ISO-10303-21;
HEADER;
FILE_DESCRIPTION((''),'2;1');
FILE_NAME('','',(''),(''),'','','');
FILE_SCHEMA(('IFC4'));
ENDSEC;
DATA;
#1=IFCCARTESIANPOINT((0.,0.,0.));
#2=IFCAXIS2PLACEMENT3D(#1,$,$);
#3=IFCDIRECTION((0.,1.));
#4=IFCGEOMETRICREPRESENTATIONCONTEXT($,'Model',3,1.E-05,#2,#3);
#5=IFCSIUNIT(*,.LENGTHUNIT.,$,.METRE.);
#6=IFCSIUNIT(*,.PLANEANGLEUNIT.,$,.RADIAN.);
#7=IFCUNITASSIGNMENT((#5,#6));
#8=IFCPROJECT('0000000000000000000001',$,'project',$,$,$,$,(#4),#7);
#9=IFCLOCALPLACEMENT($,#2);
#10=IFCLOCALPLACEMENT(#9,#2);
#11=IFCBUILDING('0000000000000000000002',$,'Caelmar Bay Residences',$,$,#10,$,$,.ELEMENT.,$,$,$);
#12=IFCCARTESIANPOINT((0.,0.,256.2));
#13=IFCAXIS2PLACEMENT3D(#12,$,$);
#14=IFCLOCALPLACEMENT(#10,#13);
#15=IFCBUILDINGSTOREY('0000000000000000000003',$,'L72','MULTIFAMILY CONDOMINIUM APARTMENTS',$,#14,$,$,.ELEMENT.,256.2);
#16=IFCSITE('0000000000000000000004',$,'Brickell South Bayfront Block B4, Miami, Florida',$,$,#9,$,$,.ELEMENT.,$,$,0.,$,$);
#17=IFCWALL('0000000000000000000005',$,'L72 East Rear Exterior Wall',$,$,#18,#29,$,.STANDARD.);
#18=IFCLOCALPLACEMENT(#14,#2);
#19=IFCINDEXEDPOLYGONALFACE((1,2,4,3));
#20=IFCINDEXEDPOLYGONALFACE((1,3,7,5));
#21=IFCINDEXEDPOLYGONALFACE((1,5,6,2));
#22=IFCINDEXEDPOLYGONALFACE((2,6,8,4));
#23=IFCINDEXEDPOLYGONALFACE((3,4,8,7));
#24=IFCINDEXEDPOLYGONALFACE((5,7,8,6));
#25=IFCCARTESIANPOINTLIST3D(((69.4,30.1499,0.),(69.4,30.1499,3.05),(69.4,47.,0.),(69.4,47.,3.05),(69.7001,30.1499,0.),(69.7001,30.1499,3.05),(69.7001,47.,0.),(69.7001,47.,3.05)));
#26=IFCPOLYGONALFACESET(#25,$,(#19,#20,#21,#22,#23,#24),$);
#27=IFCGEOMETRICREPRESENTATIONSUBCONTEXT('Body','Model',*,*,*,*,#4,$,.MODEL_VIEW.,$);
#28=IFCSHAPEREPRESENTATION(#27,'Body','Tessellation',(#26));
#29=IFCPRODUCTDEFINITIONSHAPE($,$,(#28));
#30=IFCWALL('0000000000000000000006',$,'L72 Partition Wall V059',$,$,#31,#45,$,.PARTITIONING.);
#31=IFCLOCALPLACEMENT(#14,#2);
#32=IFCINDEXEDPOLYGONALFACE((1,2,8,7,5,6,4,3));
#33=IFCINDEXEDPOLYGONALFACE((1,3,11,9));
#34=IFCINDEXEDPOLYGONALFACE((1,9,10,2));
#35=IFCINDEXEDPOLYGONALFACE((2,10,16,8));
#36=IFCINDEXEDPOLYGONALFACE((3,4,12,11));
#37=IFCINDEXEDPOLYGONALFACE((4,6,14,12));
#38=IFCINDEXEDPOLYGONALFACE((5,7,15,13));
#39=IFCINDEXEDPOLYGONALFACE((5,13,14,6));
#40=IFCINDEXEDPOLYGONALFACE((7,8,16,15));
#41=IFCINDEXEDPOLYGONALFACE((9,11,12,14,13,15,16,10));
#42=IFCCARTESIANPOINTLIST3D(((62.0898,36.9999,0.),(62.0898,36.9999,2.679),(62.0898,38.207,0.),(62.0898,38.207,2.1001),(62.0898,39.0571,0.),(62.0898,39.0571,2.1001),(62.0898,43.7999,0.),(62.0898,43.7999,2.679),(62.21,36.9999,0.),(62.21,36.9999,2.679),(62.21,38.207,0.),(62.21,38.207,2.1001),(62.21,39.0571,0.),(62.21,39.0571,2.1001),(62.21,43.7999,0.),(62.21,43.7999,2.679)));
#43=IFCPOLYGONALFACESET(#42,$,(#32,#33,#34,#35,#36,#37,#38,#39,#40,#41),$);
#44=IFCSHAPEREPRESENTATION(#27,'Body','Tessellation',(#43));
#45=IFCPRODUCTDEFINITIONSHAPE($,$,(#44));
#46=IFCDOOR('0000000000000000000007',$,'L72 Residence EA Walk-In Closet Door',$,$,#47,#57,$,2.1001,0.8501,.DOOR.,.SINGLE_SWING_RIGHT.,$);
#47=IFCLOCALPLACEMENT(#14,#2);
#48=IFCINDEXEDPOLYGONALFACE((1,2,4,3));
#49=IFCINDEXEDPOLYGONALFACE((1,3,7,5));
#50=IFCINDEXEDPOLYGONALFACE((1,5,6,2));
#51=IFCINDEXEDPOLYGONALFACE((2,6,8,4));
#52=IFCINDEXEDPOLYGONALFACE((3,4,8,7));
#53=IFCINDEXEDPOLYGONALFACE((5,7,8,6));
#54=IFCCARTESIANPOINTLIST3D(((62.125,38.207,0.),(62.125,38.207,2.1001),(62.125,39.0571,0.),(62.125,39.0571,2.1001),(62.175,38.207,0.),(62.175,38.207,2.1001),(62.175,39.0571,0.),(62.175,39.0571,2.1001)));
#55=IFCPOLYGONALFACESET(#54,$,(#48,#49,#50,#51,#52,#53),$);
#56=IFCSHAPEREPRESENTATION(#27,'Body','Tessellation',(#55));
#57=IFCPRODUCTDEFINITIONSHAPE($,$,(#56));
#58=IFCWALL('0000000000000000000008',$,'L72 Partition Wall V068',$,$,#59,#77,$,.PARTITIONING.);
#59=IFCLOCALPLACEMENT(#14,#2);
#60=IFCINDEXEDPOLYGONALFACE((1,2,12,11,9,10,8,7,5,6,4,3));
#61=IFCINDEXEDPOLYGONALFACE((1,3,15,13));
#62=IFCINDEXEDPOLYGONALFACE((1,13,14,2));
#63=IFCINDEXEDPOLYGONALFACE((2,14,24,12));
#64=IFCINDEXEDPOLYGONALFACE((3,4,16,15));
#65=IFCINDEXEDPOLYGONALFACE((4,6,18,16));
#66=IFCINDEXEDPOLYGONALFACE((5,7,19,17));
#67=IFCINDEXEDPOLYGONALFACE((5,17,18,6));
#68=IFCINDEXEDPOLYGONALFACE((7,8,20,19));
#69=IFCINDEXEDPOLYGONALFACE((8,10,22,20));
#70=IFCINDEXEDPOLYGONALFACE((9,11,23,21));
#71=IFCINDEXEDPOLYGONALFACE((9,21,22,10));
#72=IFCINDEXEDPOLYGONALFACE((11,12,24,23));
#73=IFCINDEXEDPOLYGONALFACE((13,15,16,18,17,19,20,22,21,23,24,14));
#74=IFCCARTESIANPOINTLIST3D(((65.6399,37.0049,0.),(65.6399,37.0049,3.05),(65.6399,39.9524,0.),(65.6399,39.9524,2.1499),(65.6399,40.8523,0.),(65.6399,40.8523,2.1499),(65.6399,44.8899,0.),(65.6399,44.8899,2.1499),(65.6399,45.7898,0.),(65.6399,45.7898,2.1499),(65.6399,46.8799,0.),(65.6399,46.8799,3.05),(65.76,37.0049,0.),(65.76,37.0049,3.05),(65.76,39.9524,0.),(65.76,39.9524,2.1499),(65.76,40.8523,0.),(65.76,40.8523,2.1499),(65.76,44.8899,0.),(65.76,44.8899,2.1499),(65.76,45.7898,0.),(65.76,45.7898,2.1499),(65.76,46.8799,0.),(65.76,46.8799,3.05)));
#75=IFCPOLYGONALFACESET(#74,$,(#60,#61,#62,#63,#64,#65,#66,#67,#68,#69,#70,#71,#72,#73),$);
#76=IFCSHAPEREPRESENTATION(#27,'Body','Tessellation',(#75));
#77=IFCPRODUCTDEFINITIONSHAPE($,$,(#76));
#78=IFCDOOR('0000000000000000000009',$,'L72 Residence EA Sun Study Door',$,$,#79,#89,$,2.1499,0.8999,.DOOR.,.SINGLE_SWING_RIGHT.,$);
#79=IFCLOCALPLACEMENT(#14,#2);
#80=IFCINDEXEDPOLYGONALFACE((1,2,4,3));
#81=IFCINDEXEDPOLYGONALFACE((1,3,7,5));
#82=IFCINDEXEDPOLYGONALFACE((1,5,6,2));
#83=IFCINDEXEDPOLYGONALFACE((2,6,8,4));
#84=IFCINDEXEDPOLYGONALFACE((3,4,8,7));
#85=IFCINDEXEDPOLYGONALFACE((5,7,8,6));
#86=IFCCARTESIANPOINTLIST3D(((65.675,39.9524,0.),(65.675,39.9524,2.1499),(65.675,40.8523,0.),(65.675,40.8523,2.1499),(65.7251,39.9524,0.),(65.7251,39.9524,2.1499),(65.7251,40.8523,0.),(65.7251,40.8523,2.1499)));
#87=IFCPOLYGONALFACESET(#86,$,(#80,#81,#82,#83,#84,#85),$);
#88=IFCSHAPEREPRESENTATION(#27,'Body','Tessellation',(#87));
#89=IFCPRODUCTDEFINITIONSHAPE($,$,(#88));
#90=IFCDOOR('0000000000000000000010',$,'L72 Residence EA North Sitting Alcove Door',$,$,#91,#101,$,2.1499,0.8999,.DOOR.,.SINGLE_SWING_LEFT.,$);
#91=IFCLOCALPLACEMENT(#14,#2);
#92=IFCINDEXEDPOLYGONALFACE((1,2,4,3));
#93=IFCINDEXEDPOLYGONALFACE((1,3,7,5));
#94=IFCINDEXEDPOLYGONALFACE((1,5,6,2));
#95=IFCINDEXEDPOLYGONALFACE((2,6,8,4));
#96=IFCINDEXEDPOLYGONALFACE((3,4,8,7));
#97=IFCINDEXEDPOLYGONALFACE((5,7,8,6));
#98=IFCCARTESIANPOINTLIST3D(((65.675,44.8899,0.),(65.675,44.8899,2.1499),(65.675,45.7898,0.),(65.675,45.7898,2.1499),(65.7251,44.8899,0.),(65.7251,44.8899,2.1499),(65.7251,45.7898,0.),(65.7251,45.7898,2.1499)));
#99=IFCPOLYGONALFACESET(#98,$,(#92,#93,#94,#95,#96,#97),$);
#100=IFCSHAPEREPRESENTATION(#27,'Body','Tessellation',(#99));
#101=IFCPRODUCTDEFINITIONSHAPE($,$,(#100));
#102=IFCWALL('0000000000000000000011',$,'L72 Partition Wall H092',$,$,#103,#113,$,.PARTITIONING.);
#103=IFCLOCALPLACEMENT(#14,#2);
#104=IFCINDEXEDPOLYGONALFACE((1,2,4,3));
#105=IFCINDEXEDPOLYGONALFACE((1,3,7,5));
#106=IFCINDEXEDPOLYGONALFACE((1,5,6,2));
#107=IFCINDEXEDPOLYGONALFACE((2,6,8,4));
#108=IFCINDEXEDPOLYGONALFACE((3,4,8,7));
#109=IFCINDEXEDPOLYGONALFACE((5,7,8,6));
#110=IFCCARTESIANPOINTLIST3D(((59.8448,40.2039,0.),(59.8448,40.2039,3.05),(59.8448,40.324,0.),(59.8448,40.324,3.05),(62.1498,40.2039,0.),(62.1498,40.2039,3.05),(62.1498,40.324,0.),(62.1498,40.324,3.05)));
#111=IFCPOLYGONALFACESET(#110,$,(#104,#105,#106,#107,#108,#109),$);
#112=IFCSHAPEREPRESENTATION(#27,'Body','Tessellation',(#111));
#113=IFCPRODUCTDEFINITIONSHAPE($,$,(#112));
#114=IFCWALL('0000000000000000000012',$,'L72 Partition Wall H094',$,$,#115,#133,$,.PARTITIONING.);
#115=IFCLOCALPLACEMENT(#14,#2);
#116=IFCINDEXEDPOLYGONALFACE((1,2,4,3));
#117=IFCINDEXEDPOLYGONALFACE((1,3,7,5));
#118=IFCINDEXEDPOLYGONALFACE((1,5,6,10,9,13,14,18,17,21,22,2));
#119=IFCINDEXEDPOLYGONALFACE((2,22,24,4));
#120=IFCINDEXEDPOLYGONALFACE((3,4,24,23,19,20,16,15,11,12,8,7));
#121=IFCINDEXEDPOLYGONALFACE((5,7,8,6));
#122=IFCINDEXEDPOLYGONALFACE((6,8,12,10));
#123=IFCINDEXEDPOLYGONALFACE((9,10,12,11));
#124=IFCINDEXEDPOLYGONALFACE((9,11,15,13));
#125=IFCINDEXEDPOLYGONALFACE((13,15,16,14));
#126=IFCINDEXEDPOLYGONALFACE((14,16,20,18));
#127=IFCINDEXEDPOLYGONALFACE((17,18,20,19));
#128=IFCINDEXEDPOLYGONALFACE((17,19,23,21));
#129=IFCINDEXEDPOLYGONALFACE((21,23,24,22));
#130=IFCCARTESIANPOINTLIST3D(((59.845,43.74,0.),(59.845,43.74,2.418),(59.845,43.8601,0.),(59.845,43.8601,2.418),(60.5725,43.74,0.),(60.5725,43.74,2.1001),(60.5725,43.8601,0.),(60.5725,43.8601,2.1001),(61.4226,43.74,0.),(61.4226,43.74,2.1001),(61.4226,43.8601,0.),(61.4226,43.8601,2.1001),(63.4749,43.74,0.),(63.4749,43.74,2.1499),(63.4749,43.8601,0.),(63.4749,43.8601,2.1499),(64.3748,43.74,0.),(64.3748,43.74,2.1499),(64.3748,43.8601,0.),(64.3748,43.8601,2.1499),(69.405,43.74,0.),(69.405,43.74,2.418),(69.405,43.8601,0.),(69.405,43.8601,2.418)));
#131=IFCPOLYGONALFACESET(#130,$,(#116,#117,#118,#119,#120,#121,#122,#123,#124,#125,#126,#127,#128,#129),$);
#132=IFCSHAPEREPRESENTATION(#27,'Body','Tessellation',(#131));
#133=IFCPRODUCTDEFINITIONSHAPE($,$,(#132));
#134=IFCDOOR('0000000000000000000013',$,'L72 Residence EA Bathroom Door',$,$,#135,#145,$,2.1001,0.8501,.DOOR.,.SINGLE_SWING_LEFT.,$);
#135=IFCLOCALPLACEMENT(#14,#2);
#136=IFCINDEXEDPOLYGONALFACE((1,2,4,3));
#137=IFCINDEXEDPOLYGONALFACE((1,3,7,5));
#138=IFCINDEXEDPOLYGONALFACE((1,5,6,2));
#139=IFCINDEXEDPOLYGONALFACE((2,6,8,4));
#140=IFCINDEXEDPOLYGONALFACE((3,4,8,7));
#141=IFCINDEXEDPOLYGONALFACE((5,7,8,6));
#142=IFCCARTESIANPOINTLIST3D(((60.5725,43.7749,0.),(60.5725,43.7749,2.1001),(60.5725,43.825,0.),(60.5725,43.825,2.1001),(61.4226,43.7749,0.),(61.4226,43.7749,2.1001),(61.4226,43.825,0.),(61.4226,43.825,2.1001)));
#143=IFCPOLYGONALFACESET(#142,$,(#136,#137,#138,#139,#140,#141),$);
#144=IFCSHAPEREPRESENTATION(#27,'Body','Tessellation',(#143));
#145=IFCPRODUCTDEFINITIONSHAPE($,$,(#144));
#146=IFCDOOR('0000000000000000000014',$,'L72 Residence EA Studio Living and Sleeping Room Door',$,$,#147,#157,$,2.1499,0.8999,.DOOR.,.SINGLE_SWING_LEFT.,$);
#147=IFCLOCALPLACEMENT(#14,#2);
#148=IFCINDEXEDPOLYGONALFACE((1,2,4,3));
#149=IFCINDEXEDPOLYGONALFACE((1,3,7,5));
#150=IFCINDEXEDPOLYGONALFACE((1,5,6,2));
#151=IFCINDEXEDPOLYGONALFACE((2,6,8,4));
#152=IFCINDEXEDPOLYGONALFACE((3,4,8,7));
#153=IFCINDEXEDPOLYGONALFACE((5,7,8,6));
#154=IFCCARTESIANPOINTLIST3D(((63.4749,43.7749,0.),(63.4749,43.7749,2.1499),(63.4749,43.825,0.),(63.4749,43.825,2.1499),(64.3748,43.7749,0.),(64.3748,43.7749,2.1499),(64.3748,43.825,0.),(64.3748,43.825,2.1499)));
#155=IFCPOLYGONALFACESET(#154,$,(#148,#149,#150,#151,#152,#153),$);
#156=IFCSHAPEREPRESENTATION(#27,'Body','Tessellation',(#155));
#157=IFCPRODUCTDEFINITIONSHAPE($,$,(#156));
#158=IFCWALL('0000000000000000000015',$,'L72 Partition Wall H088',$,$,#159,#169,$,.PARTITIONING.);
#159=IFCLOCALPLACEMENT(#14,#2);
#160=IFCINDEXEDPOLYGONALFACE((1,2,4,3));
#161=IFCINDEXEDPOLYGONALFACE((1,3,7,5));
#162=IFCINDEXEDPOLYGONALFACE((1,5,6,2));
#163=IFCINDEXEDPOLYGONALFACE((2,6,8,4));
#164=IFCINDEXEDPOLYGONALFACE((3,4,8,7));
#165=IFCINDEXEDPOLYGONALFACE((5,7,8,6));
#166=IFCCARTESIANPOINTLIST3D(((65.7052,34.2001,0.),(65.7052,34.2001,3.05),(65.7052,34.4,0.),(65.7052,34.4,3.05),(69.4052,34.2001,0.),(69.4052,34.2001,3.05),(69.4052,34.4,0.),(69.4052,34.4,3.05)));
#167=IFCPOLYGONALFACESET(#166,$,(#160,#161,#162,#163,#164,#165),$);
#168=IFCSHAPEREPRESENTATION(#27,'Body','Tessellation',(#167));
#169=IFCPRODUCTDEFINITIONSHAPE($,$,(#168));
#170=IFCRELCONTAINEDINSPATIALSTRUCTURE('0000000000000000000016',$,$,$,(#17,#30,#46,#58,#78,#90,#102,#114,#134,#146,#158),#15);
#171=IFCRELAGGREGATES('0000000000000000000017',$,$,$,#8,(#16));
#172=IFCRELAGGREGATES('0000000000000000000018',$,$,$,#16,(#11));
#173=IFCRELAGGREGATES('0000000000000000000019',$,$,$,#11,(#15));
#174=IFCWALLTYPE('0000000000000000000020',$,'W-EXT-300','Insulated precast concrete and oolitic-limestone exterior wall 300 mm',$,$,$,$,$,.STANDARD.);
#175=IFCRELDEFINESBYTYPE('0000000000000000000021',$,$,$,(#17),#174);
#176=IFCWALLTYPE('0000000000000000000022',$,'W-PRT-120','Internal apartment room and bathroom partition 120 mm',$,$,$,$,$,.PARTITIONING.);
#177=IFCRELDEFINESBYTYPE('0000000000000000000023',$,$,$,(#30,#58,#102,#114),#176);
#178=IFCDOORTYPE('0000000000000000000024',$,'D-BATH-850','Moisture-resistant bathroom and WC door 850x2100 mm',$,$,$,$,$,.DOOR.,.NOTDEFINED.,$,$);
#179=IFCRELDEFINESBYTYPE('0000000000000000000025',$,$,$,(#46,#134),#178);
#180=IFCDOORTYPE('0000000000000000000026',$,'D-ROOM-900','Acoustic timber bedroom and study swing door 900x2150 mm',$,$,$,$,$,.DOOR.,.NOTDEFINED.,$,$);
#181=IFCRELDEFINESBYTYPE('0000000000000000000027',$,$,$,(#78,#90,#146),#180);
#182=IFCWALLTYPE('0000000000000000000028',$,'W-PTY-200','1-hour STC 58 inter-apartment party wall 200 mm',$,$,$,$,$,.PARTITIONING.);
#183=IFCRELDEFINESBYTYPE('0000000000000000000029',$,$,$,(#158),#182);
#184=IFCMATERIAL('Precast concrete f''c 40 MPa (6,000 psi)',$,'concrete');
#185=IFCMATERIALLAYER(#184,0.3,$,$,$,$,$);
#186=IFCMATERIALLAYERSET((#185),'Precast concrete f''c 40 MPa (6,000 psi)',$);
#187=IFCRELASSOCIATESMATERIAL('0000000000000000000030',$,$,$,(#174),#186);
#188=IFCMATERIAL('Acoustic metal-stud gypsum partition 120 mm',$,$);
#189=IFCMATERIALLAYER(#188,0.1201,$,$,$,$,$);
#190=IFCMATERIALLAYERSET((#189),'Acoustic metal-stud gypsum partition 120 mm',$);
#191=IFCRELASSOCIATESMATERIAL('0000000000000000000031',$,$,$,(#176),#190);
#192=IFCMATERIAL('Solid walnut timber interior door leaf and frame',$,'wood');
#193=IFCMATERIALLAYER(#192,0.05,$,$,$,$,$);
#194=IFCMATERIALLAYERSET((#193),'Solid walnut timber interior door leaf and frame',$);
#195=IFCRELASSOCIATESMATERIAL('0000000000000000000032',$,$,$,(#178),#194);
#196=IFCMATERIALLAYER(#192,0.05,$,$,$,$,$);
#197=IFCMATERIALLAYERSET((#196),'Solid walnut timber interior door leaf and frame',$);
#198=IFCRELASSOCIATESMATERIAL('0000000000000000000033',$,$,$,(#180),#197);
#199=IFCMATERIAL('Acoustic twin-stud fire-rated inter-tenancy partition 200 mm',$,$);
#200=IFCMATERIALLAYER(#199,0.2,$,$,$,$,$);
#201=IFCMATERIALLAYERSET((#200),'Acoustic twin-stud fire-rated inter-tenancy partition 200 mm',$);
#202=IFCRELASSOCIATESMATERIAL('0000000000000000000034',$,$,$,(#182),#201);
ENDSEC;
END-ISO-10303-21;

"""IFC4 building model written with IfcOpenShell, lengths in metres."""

from ifc_helpers import new_model, si_unit, direction, frame, frame_2d, origin, place, context, subcontext, project, spatial, rectangle, extrude, material, layer, layer_set, type_object, element, fill, save


model = new_model("IFC4")

# Units and contexts
model_context = context("Model", 3, precision=1e-05, world=origin(), true_north=direction((0.0, 1.0)))
body_context = subcontext(model_context, "Body", "Model", "MODEL_VIEW")
ifc_project = project(units=[si_unit("LENGTHUNIT", "METRE"), si_unit("PLANEANGLEUNIT", "RADIAN")], contexts=[model_context])

# Site, building, storey
site_placement = place(None, origin())
site = spatial("IfcSite", under=ifc_project, at=site_placement, Name="Brickell South Bayfront Block B4, Miami, Florida", CompositionType="ELEMENT", RefElevation=0.0)
building_placement = place(site_placement, origin())
building = spatial("IfcBuilding", under=site, at=building_placement, Name="Caelmar Bay Residences", CompositionType="ELEMENT")
storey_placement = place(building_placement, frame((0.0, 0.0, 256.2)))
storey = spatial("IfcBuildingStorey", under=building, at=storey_placement, Name="L72", Description="MULTIFAMILY CONDOMINIUM APARTMENTS", CompositionType="ELEMENT", Elevation=256.2)

# Wall
ifc_material_1 = material(Name="Precast concrete f'c 40 MPa (6,000 psi)", Category="concrete")
ifc_layer_1 = layer(ifc_material_1, 0.3)
ifc_layer_set_1 = layer_set([ifc_layer_1], Name="Precast concrete f'c 40 MPa (6,000 psi)")
wall_type_1 = type_object("IfcWallType", Name="W-EXT-300", Description="Insulated precast concrete and oolitic-limestone exterior wall 300 mm", PredefinedType="STANDARD", material=ifc_layer_set_1)
wall_1_placement = place(storey_placement, frame((69.55, 47.0, 0.0), z_axis=(0.0, 0.0, 1.0), x_axis=(0.0, -1.0, 0.0)))
element("IfcWall", 1, at=wall_1_placement, inside=storey, type_object=wall_type_1, Name="L72 East Rear Exterior Wall", PredefinedType="STANDARD", context=body_context, shape_type="SweptSolid", body=[
    extrude(rectangle(XDim=16.8501, YDim=0.3, at=frame_2d((8.425, 0.0))), origin(), (0.0, 0.0, 1.0), 3.05),
])

# Wall, opening, door
ifc_material_2 = material(Name="Acoustic metal-stud gypsum partition 120 mm")
ifc_layer_2 = layer(ifc_material_2, 0.1201)
ifc_layer_set_2 = layer_set([ifc_layer_2], Name="Acoustic metal-stud gypsum partition 120 mm")
wall_type_2 = type_object("IfcWallType", Name="W-PRT-120", Description="Internal apartment room and bathroom partition 120 mm", PredefinedType="PARTITIONING", material=ifc_layer_set_2)
wall_2_placement = place(storey_placement, frame((62.1499, 37.0, 0.0), z_axis=(0.0, 0.0, 1.0), x_axis=(0.0, 1.0, 0.0)))
wall_2 = element("IfcWall", 2, at=wall_2_placement, inside=storey, type_object=wall_type_2, Name="L72 Partition Wall V059", PredefinedType="PARTITIONING", context=body_context, shape_type="SweptSolid", body=[
    extrude(rectangle(XDim=6.8, YDim=0.1201, at=frame_2d((3.3999, 0.0))), origin(), (0.0, 0.0, 1.0), 2.679),
])
opening_1_placement = place(wall_2_placement, frame((1.207, 0.0, 0.0)))
opening_1 = element("IfcOpeningElement", 3, at=opening_1_placement, cuts=wall_2, PredefinedType="OPENING", context=body_context, shape_type="SweptSolid", body=[
    extrude(rectangle(XDim=0.8501, YDim=2.1001, at=frame_2d((0.425, 1.05))), frame((0.0, 0.0701, 0.0), z_axis=(0.0, -1.0, 0.0), x_axis=(1.0, 0.0, 0.0)), (0.0, 0.0, 1.0), 0.1401),
])
ifc_material_3 = material(Name="Solid walnut timber interior door leaf and frame", Category="wood")
ifc_layer_3 = layer(ifc_material_3, 0.05)
ifc_layer_set_3 = layer_set([ifc_layer_3], Name="Solid walnut timber interior door leaf and frame")
door_type_1 = type_object("IfcDoorType", Name="D-BATH-850", Description="Moisture-resistant bathroom and WC door 850x2100 mm", OperationType="NOTDEFINED", PredefinedType="DOOR", material=ifc_layer_set_3)
door_1_placement = place(opening_1_placement, origin())
door_1 = element("IfcDoor", 4, at=door_1_placement, inside=storey, type_object=door_type_1, Name="L72 Residence EA Walk-In Closet Door", OperationType="SINGLE_SWING_RIGHT", OverallHeight=2.1001, OverallWidth=0.8501, PredefinedType="DOOR", context=body_context, shape_type="SweptSolid", body=[
    extrude(rectangle(XDim=0.8501, YDim=2.1001, at=frame_2d((0.425, 1.05))), frame((0.0, 0.0249, 0.0), z_axis=(0.0, -1.0, 0.0), x_axis=(1.0, 0.0, 0.0)), (0.0, 0.0, 1.0), 0.05),
])
fill(opening_1, door_1)

# Wall, openings, doors
wall_3_placement = place(storey_placement, frame((65.7, 37.0049, 0.0), z_axis=(0.0, 0.0, 1.0), x_axis=(0.0, 1.0, 0.0)))
wall_3 = element("IfcWall", 5, at=wall_3_placement, inside=storey, type_object=wall_type_2, Name="L72 Partition Wall V068", PredefinedType="PARTITIONING", context=body_context, shape_type="SweptSolid", body=[
    extrude(rectangle(XDim=9.875, YDim=0.1201, at=frame_2d((4.9375, 0.0))), origin(), (0.0, 0.0, 1.0), 3.05),
])
opening_2_placement = place(wall_3_placement, frame((2.9475, 0.0, 0.0)))
opening_2 = element("IfcOpeningElement", 6, at=opening_2_placement, cuts=wall_3, PredefinedType="OPENING", context=body_context, shape_type="SweptSolid", body=[
    extrude(rectangle(XDim=0.8999, YDim=2.1499, at=frame_2d((0.45, 1.075))), frame((0.0, 0.0701, 0.0), z_axis=(0.0, -1.0, 0.0), x_axis=(1.0, 0.0, 0.0)), (0.0, 0.0, 1.0), 0.1401),
])
opening_3_placement = place(wall_3_placement, frame((7.885, 0.0, 0.0)))
opening_3 = element("IfcOpeningElement", 7, at=opening_3_placement, cuts=wall_3, PredefinedType="OPENING", context=body_context, shape_type="SweptSolid", body=[
    extrude(rectangle(XDim=0.8999, YDim=2.1499, at=frame_2d((0.45, 1.075))), frame((0.0, 0.0701, 0.0), z_axis=(0.0, -1.0, 0.0), x_axis=(1.0, 0.0, 0.0)), (0.0, 0.0, 1.0), 0.1401),
])
ifc_layer_4 = layer(ifc_material_3, 0.05)
ifc_layer_set_4 = layer_set([ifc_layer_4], Name="Solid walnut timber interior door leaf and frame")
door_type_2 = type_object("IfcDoorType", Name="D-ROOM-900", Description="Acoustic timber bedroom and study swing door 900x2150 mm", OperationType="NOTDEFINED", PredefinedType="DOOR", material=ifc_layer_set_4)
door_2_placement = place(opening_2_placement, origin())
door_2 = element("IfcDoor", 8, at=door_2_placement, inside=storey, type_object=door_type_2, Name="L72 Residence EA Sun Study Door", OperationType="SINGLE_SWING_RIGHT", OverallHeight=2.1499, OverallWidth=0.8999, PredefinedType="DOOR", context=body_context, shape_type="SweptSolid", body=[
    extrude(rectangle(XDim=0.8999, YDim=2.1499, at=frame_2d((0.45, 1.075))), frame((0.0, 0.0249, 0.0), z_axis=(0.0, -1.0, 0.0), x_axis=(1.0, 0.0, 0.0)), (0.0, 0.0, 1.0), 0.05),
])
fill(opening_2, door_2)
door_3_placement = place(opening_3_placement, origin())
door_3 = element("IfcDoor", 9, at=door_3_placement, inside=storey, type_object=door_type_2, Name="L72 Residence EA North Sitting Alcove Door", OperationType="SINGLE_SWING_LEFT", OverallHeight=2.1499, OverallWidth=0.8999, PredefinedType="DOOR", context=body_context, shape_type="SweptSolid", body=[
    extrude(rectangle(XDim=0.8999, YDim=2.1499, at=frame_2d((0.45, 1.075))), frame((0.0, 0.0249, 0.0), z_axis=(0.0, -1.0, 0.0), x_axis=(1.0, 0.0, 0.0)), (0.0, 0.0, 1.0), 0.05),
])
fill(opening_3, door_3)

# Wall
wall_4_placement = place(storey_placement, frame((59.845, 40.2639, 0.0), z_axis=(0.0, 0.0, 1.0), x_axis=(1.0, 0.0, 0.0)))
element("IfcWall", 10, at=wall_4_placement, inside=storey, type_object=wall_type_2, Name="L72 Partition Wall H092", PredefinedType="PARTITIONING", context=body_context, shape_type="SweptSolid", body=[
    extrude(rectangle(XDim=2.3049, YDim=0.1201, at=frame_2d((1.1523, 0.0))), origin(), (0.0, 0.0, 1.0), 3.05),
])

# Wall, openings, doors
wall_5_placement = place(storey_placement, frame((59.845, 43.8, 0.0), z_axis=(0.0, 0.0, 1.0), x_axis=(1.0, 0.0, 0.0)))
wall_5 = element("IfcWall", 11, at=wall_5_placement, inside=storey, type_object=wall_type_2, Name="L72 Partition Wall H094", PredefinedType="PARTITIONING", context=body_context, shape_type="SweptSolid", body=[
    extrude(rectangle(XDim=9.5601, YDim=0.1201, at=frame_2d((4.78, 0.0))), origin(), (0.0, 0.0, 1.0), 2.418),
])
opening_4_placement = place(wall_5_placement, frame((3.6299, 0.0, 0.0)))
opening_4 = element("IfcOpeningElement", 12, at=opening_4_placement, cuts=wall_5, PredefinedType="OPENING", context=body_context, shape_type="SweptSolid", body=[
    extrude(rectangle(XDim=0.8999, YDim=2.1499, at=frame_2d((0.45, 1.075))), frame((0.0, 0.0701, 0.0), z_axis=(0.0, -1.0, 0.0), x_axis=(1.0, 0.0, 0.0)), (0.0, 0.0, 1.0), 0.1401),
])
opening_5_placement = place(wall_5_placement, frame((0.7275, 0.0, 0.0)))
opening_5 = element("IfcOpeningElement", 13, at=opening_5_placement, cuts=wall_5, PredefinedType="OPENING", context=body_context, shape_type="SweptSolid", body=[
    extrude(rectangle(XDim=0.8501, YDim=2.1001, at=frame_2d((0.425, 1.05))), frame((0.0, 0.0701, 0.0), z_axis=(0.0, -1.0, 0.0), x_axis=(1.0, 0.0, 0.0)), (0.0, 0.0, 1.0), 0.1401),
])
door_4_placement = place(opening_5_placement, origin())
door_4 = element("IfcDoor", 14, at=door_4_placement, inside=storey, type_object=door_type_1, Name="L72 Residence EA Bathroom Door", OperationType="SINGLE_SWING_LEFT", OverallHeight=2.1001, OverallWidth=0.8501, PredefinedType="DOOR", context=body_context, shape_type="SweptSolid", body=[
    extrude(rectangle(XDim=0.8501, YDim=2.1001, at=frame_2d((0.425, 1.05))), frame((0.0, 0.0249, 0.0), z_axis=(0.0, -1.0, 0.0), x_axis=(1.0, 0.0, 0.0)), (0.0, 0.0, 1.0), 0.05),
])
fill(opening_5, door_4)
door_5_placement = place(opening_4_placement, origin())
door_5 = element("IfcDoor", 15, at=door_5_placement, inside=storey, type_object=door_type_2, Name="L72 Residence EA Studio Living and Sleeping Room Door", OperationType="SINGLE_SWING_LEFT", OverallHeight=2.1499, OverallWidth=0.8999, PredefinedType="DOOR", context=body_context, shape_type="SweptSolid", body=[
    extrude(rectangle(XDim=0.8999, YDim=2.1499, at=frame_2d((0.45, 1.075))), frame((0.0, 0.0249, 0.0), z_axis=(0.0, -1.0, 0.0), x_axis=(1.0, 0.0, 0.0)), (0.0, 0.0, 1.0), 0.05),
])
fill(opening_4, door_5)

# Wall
ifc_material_4 = material(Name="Acoustic twin-stud fire-rated inter-tenancy partition 200 mm")
ifc_layer_5 = layer(ifc_material_4, 0.2)
ifc_layer_set_5 = layer_set([ifc_layer_5], Name="Acoustic twin-stud fire-rated inter-tenancy partition 200 mm")
wall_type_3 = type_object("IfcWallType", Name="W-PTY-200", Description="1-hour STC 58 inter-apartment party wall 200 mm", PredefinedType="PARTITIONING", material=ifc_layer_set_5)
wall_6_placement = place(storey_placement, frame((65.7051, 34.3, 0.0), z_axis=(0.0, 0.0, 1.0), x_axis=(1.0, 0.0, 0.0)))
element("IfcWall", 16, at=wall_6_placement, inside=storey, type_object=wall_type_3, Name="L72 Partition Wall H088", PredefinedType="PARTITIONING", context=body_context, shape_type="SweptSolid", body=[
    extrude(rectangle(XDim=3.7, YDim=0.2, at=frame_2d((1.8501, 0.0))), origin(), (0.0, 0.0, 1.0), 3.05),
])

save(model, "model.ifc")
